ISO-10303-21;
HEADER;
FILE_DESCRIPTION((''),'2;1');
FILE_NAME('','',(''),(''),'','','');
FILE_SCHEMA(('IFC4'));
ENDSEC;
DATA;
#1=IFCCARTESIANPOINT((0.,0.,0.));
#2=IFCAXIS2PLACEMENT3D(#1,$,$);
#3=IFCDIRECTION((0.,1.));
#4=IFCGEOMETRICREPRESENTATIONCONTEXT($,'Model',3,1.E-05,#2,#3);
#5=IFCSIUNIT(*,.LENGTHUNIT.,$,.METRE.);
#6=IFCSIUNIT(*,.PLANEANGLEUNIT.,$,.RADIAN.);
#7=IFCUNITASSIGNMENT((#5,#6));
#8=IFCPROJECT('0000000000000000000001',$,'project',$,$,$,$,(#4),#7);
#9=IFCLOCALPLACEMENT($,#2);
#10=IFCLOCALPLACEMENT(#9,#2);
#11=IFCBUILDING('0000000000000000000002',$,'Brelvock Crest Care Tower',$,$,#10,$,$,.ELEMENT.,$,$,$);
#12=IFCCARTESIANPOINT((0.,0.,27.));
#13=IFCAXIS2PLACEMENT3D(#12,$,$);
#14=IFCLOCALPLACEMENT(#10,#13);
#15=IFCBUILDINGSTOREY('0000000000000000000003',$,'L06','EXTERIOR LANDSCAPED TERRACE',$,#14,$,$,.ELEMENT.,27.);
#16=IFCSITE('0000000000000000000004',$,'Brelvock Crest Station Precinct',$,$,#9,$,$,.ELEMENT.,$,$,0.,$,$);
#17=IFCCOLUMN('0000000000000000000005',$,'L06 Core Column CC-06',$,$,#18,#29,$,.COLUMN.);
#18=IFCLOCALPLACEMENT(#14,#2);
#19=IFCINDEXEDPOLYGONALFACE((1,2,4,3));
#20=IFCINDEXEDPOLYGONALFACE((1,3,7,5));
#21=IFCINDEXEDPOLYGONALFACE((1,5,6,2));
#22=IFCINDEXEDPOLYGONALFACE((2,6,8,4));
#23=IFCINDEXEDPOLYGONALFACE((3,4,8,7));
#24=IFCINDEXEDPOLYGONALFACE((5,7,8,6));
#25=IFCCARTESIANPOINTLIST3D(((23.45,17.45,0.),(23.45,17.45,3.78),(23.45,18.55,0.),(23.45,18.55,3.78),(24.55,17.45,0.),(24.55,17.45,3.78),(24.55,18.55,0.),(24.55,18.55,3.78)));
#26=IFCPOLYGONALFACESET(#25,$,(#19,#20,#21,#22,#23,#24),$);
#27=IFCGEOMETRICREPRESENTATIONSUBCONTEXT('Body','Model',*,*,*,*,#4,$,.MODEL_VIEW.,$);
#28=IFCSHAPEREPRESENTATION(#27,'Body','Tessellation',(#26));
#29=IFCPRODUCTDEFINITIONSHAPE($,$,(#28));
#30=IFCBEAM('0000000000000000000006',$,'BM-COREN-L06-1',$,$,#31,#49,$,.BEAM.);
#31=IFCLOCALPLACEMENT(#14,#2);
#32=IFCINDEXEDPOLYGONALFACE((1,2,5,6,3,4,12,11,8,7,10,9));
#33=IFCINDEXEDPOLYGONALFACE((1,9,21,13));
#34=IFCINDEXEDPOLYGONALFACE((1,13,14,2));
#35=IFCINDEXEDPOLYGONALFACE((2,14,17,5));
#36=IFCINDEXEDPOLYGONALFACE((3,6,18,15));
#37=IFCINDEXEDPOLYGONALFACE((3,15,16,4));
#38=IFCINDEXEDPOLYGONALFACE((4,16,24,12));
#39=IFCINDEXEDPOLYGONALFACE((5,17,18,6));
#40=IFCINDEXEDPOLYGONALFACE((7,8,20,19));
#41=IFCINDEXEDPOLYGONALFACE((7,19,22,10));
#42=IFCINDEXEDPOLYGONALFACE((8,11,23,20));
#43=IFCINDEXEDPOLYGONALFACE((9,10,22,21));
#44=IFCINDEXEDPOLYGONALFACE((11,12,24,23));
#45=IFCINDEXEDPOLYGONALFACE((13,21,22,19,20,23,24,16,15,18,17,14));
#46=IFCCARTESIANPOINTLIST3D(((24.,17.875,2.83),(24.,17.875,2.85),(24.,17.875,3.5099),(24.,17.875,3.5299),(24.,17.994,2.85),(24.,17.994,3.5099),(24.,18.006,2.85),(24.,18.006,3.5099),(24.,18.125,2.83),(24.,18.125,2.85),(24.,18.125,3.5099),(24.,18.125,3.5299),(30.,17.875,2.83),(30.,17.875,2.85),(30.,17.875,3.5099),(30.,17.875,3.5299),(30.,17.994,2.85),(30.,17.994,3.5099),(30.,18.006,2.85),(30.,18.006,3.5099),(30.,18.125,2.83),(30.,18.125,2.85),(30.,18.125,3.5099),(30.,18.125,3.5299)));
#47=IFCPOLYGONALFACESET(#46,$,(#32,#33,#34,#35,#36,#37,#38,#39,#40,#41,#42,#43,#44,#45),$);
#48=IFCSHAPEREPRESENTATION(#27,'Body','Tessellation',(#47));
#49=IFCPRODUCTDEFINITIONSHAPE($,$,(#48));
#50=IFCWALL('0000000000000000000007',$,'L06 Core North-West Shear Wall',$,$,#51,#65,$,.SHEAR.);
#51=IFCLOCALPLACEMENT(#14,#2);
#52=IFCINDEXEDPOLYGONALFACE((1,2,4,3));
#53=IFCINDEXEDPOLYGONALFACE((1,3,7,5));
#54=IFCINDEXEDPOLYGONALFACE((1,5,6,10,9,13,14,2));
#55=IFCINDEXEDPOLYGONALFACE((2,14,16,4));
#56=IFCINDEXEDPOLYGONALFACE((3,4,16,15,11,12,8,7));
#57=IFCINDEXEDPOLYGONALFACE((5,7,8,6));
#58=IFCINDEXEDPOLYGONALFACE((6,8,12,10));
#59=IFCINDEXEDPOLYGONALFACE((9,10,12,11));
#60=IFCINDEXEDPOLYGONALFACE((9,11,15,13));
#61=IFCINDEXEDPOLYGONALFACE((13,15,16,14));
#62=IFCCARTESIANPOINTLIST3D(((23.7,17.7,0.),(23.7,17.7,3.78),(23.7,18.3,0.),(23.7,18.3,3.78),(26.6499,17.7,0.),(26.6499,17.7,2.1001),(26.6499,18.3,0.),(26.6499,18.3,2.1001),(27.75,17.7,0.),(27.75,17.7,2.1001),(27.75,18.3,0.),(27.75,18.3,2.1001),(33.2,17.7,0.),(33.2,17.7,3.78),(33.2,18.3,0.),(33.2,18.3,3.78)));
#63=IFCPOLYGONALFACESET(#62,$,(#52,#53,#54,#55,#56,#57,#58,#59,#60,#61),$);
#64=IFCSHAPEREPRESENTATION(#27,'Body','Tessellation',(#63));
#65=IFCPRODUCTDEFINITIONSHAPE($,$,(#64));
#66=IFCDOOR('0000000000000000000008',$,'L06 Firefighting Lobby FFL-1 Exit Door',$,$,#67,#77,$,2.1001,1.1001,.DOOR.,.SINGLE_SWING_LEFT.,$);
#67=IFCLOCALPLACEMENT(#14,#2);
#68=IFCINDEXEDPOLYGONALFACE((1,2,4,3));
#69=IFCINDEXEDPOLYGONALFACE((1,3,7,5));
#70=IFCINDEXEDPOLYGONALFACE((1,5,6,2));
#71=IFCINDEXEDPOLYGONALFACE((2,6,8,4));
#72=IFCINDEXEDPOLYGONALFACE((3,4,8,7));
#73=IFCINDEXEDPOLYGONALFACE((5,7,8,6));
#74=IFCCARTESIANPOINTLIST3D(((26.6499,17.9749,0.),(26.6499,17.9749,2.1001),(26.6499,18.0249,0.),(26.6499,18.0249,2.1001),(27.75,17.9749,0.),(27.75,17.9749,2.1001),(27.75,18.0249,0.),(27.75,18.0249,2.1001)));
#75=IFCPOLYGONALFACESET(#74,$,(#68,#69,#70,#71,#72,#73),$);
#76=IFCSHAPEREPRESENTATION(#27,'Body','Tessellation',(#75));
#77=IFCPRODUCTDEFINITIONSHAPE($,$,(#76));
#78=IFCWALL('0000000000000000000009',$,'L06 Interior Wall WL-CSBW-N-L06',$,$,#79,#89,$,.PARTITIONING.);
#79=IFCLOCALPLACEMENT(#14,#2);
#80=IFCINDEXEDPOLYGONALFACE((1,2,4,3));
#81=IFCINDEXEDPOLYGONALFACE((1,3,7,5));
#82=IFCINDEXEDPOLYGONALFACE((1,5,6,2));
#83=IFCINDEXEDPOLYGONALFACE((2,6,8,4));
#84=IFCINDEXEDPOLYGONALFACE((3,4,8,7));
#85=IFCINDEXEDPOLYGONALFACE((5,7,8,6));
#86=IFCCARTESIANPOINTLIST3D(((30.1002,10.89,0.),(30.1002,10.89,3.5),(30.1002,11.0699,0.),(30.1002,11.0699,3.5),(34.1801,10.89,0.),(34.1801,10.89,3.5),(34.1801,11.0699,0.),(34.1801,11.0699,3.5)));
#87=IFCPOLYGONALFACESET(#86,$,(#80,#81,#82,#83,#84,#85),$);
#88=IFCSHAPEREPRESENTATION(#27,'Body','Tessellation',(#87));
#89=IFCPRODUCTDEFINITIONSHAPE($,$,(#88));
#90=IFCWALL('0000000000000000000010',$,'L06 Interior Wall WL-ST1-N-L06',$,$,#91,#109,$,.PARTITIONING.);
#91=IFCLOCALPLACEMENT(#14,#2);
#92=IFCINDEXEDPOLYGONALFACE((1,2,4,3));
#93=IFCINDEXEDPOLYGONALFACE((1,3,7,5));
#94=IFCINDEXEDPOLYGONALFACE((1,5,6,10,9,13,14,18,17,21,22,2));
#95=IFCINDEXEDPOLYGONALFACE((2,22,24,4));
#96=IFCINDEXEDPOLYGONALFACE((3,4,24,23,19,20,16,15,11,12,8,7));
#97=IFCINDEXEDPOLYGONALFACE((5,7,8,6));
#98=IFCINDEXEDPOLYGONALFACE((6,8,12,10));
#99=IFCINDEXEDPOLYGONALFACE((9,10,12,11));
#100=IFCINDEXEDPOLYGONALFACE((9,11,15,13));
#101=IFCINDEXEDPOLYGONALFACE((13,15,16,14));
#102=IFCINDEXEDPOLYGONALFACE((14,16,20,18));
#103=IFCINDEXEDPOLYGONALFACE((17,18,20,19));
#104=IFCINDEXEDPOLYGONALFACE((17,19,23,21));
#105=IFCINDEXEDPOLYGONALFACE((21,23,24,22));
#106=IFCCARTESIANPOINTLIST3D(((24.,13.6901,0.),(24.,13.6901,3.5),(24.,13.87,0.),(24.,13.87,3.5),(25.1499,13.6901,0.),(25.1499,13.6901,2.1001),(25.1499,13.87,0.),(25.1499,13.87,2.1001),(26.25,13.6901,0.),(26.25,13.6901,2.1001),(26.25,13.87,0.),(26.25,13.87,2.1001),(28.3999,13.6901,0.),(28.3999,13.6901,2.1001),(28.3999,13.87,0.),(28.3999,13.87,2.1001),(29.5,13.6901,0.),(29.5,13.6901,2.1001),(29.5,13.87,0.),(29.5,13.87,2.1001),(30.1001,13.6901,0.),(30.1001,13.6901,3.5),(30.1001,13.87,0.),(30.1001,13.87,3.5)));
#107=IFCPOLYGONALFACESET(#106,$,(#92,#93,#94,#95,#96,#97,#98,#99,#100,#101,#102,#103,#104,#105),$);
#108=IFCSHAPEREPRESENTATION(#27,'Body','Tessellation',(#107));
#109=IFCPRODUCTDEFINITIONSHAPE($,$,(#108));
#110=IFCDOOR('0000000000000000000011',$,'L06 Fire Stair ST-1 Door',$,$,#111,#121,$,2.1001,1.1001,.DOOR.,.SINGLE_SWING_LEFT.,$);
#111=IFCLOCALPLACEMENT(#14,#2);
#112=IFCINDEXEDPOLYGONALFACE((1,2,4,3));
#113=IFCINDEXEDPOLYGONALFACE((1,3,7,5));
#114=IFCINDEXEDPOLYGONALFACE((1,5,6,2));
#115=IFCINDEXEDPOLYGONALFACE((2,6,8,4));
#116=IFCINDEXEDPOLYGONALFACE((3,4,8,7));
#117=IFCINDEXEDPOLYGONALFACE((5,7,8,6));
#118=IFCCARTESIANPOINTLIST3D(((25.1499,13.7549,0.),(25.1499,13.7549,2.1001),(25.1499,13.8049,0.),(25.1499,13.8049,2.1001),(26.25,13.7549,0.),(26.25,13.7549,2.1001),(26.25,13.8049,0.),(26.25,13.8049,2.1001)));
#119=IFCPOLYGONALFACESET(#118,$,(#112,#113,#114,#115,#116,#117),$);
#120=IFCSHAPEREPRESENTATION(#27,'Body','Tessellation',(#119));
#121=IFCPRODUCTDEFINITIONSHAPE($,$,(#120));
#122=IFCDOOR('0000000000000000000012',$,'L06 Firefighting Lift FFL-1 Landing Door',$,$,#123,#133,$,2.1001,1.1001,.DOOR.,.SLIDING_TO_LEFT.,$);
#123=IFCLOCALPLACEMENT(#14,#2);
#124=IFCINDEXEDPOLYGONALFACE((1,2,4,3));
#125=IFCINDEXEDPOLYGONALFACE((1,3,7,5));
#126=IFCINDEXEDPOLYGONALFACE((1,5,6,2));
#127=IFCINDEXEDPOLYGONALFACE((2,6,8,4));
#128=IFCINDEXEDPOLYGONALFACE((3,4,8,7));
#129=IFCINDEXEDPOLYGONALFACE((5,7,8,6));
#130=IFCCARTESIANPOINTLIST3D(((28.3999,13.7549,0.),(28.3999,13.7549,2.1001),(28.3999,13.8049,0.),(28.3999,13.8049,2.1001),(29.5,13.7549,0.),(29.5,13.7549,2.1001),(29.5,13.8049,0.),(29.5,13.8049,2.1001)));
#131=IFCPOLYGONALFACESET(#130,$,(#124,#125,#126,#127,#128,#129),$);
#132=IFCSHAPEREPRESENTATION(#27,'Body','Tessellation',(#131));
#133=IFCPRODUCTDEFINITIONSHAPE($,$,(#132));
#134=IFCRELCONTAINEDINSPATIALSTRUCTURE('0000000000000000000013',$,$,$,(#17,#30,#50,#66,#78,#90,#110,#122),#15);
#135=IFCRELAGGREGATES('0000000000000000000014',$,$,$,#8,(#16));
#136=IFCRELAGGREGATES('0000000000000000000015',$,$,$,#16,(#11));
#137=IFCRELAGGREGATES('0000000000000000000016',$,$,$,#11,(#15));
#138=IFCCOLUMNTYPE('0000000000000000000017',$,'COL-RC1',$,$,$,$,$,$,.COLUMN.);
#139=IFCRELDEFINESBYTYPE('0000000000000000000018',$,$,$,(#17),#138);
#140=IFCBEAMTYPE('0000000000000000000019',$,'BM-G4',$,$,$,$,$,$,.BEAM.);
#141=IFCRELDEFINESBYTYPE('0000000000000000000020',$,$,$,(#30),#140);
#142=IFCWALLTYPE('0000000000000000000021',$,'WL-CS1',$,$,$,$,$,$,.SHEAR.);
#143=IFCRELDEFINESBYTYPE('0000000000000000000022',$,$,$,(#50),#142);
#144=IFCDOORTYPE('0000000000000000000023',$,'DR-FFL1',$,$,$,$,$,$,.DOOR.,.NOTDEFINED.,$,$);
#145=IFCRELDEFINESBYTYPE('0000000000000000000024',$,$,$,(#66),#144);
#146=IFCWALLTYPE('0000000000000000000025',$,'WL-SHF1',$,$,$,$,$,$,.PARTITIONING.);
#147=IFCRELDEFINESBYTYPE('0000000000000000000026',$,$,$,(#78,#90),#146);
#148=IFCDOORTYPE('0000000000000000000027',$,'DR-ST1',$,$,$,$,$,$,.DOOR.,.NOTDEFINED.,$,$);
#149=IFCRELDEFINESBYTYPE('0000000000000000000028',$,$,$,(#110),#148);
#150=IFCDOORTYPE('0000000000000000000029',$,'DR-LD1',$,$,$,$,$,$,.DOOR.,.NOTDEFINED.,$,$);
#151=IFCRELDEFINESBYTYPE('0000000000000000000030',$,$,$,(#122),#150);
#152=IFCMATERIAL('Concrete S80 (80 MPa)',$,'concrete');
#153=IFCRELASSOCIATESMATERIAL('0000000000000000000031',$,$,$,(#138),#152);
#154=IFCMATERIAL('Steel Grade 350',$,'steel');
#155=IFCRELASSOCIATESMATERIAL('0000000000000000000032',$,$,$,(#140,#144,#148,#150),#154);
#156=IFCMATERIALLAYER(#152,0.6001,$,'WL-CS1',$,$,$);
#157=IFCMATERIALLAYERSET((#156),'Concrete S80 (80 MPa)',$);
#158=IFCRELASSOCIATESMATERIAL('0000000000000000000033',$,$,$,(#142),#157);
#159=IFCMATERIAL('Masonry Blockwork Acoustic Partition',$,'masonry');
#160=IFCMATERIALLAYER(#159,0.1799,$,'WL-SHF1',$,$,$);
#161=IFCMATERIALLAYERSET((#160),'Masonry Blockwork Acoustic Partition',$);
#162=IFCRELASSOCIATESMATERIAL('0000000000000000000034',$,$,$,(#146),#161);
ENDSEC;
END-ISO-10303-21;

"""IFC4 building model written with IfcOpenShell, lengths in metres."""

from ifc_helpers import new_model, si_unit, direction, frame, frame_2d, origin, origin_2d, place, context, subcontext, project, spatial, rectangle, i_section, extrude, source, transform, mapped, material, layer, layer_set, material_profile, profile_set, type_object, element, fill, save


model = new_model("IFC4")

# Units and contexts
model_context = context("Model", 3, precision=1e-05, world=origin(), true_north=direction((0.0, 1.0)))
body_context = subcontext(model_context, "Body", "Model", "MODEL_VIEW")
ifc_project = project(units=[si_unit("LENGTHUNIT", "METRE"), si_unit("PLANEANGLEUNIT", "RADIAN")], contexts=[model_context])

# Site, building, storey
site_placement = place(None, origin())
site = spatial("IfcSite", under=ifc_project, at=site_placement, Name="Brelvock Crest Station Precinct", CompositionType="ELEMENT", RefElevation=0.0)
building_placement = place(site_placement, origin())
building = spatial("IfcBuilding", under=site, at=building_placement, Name="Brelvock Crest Care Tower", CompositionType="ELEMENT")
storey_placement = place(building_placement, frame((0.0, 0.0, 27.0)))
storey = spatial("IfcBuildingStorey", under=building, at=storey_placement, Name="L06", Description="EXTERIOR LANDSCAPED TERRACE", CompositionType="ELEMENT", Elevation=27.0)

# Column
ifc_material_1 = material(Name="Concrete S80 (80 MPa)", Category="concrete")
ifc_material_profile_1 = material_profile(ifc_material_1, rectangle(XDim=1.1001, YDim=1.1001, at=origin_2d()), Name="RC1100x1100")
ifc_profile_set_1 = profile_set([ifc_material_profile_1], Name="Concrete S80 (80 MPa)")
column_type = type_object("IfcColumnType", Name="COL-RC1", PredefinedType="COLUMN", material=ifc_profile_set_1)
shared_shape_1 = source(origin(), body_context, "Body", "SweptSolid", [
    extrude(rectangle(XDim=1.1001, YDim=1.1001, at=origin_2d()), origin(), (0.0, 0.0, 1.0), 3.78),
])
column_placement = place(storey_placement, frame((24.0, 18.0, 0.0), z_axis=(0.0, 0.0, 1.0), x_axis=(1.0, 0.0, 0.0)))
element("IfcColumn", 1, at=column_placement, inside=storey, type_object=column_type, Name="L06 Core Column CC-06", PredefinedType="COLUMN", context=body_context, shape_type="MappedRepresentation", body=[
    mapped(shared_shape_1, transform((0.0, 0.0, 0.0), x_axis=(1.0, 0.0, 0.0), y_axis=(0.0, 1.0, 0.0), z_axis=(0.0, 0.0, 1.0), scale=1.0)),
])

# Beam
ifc_material_2 = material(Name="Steel Grade 350", Category="steel")
ifc_material_profile_2 = material_profile(ifc_material_2, i_section(OverallWidth=0.25, OverallDepth=0.7, WebThickness=0.012, FlangeThickness=0.02, at=origin_2d()), Name="700WB150")
ifc_profile_set_2 = profile_set([ifc_material_profile_2], Name="Steel Grade 350")
beam_type = type_object("IfcBeamType", Name="BM-G4", PredefinedType="BEAM", material=ifc_profile_set_2)
shared_shape_2 = source(origin(), body_context, "Body", "SweptSolid", [
    extrude(i_section(OverallWidth=0.25, OverallDepth=0.7, WebThickness=0.012, FlangeThickness=0.02, at=origin_2d()), origin(), (0.0, 0.0, 1.0), 6.0),
])
beam_placement = place(storey_placement, frame((24.0, 18.0, 3.1799), z_axis=(1.0, 0.0, 0.0), x_axis=(0.0, 1.0, 0.0)))
element("IfcBeam", 2, at=beam_placement, inside=storey, type_object=beam_type, Name="BM-COREN-L06-1", PredefinedType="BEAM", context=body_context, shape_type="MappedRepresentation", body=[
    mapped(shared_shape_2, transform((0.0, 0.0, 0.0), x_axis=(1.0, 0.0, 0.0), y_axis=(0.0, 1.0, 0.0), z_axis=(0.0, 0.0, 1.0), scale=1.0)),
])

# Wall, opening, door
ifc_layer_1 = layer(ifc_material_1, 0.6001, Name="WL-CS1")
ifc_layer_set_1 = layer_set([ifc_layer_1], Name="Concrete S80 (80 MPa)")
wall_type_1 = type_object("IfcWallType", Name="WL-CS1", PredefinedType="SHEAR", material=ifc_layer_set_1)
wall_1_placement = place(storey_placement, frame((23.7, 18.0, 0.0), z_axis=(0.0, 0.0, 1.0), x_axis=(1.0, 0.0, 0.0)))
wall_1 = element("IfcWall", 3, at=wall_1_placement, inside=storey, type_object=wall_type_1, Name="L06 Core North-West Shear Wall", PredefinedType="SHEAR", context=body_context, shape_type="SweptSolid", body=[
    extrude(rectangle(XDim=9.5, YDim=0.6001, at=frame_2d((4.75, 0.0))), origin(), (0.0, 0.0, 1.0), 3.78),
])
opening_1_placement = place(wall_1_placement, frame((2.95, 0.0, 0.0)))
opening_1 = element("IfcOpeningElement", 4, at=opening_1_placement, cuts=wall_1, PredefinedType="OPENING", context=body_context, shape_type="SweptSolid", body=[
    extrude(rectangle(XDim=1.1001, YDim=2.1001, at=origin_2d()), frame((0.55, 0.3101, 1.05), z_axis=(0.0, -1.0, 0.0), x_axis=(1.0, 0.0, 0.0)), (0.0, 0.0, 1.0), 0.6201),
])
door_type_1 = type_object("IfcDoorType", Name="DR-FFL1", OperationType="NOTDEFINED", PredefinedType="DOOR", material=ifc_material_2)
shared_shape_3 = source(origin(), body_context, "Body", "SweptSolid", [
    extrude(rectangle(XDim=1.1001, YDim=2.1001, at=origin_2d()), frame((0.55, 0.0249, 1.05), z_axis=(0.0, -1.0, 0.0), x_axis=(1.0, 0.0, 0.0)), (0.0, 0.0, 1.0), 0.05),
])
door_1_placement = place(opening_1_placement, origin())
door_1 = element("IfcDoor", 5, at=door_1_placement, inside=storey, type_object=door_type_1, Name="L06 Firefighting Lobby FFL-1 Exit Door", OperationType="SINGLE_SWING_LEFT", OverallHeight=2.1001, OverallWidth=1.1001, PredefinedType="DOOR", context=body_context, shape_type="MappedRepresentation", body=[
    mapped(shared_shape_3, transform((0.0, 0.0, 0.0), x_axis=(1.0, 0.0, 0.0), y_axis=(0.0, 1.0, 0.0), z_axis=(0.0, 0.0, 1.0), scale=1.0)),
])
fill(opening_1, door_1)

# Wall
ifc_material_3 = material(Name="Masonry Blockwork Acoustic Partition", Category="masonry")
ifc_layer_2 = layer(ifc_material_3, 0.1799, Name="WL-SHF1")
ifc_layer_set_2 = layer_set([ifc_layer_2], Name="Masonry Blockwork Acoustic Partition")
wall_type_2 = type_object("IfcWallType", Name="WL-SHF1", PredefinedType="PARTITIONING", material=ifc_layer_set_2)
wall_2_placement = place(storey_placement, frame((30.1001, 10.98, 0.0), z_axis=(0.0, 0.0, 1.0), x_axis=(1.0, 0.0, 0.0)))
element("IfcWall", 6, at=wall_2_placement, inside=storey, type_object=wall_type_2, Name="L06 Interior Wall WL-CSBW-N-L06", PredefinedType="PARTITIONING", context=body_context, shape_type="SweptSolid", body=[
    extrude(rectangle(XDim=4.0798, YDim=0.1799, at=frame_2d((2.04, 0.0))), origin(), (0.0, 0.0, 1.0), 3.5),
])

# Wall, openings, doors
wall_3_placement = place(storey_placement, frame((24.0, 13.78, 0.0), z_axis=(0.0, 0.0, 1.0), x_axis=(1.0, 0.0, 0.0)))
wall_3 = element("IfcWall", 7, at=wall_3_placement, inside=storey, type_object=wall_type_2, Name="L06 Interior Wall WL-ST1-N-L06", PredefinedType="PARTITIONING", context=body_context, shape_type="SweptSolid", body=[
    extrude(rectangle(XDim=6.1001, YDim=0.1799, at=frame_2d((3.05, 0.0))), origin(), (0.0, 0.0, 1.0), 3.5),
])
opening_2_placement = place(wall_3_placement, frame((1.1499, 0.0, 0.0)))
opening_2 = element("IfcOpeningElement", 8, at=opening_2_placement, cuts=wall_3, PredefinedType="OPENING", context=body_context, shape_type="SweptSolid", body=[
    extrude(rectangle(XDim=1.1001, YDim=2.1001, at=origin_2d()), frame((0.55, 0.1001, 1.05), z_axis=(0.0, -1.0, 0.0), x_axis=(1.0, 0.0, 0.0)), (0.0, 0.0, 1.0), 0.2),
])
opening_3_placement = place(wall_3_placement, frame((4.3999, 0.0, 0.0)))
opening_3 = element("IfcOpeningElement", 9, at=opening_3_placement, cuts=wall_3, PredefinedType="OPENING", context=body_context, shape_type="SweptSolid", body=[
    extrude(rectangle(XDim=1.1001, YDim=2.1001, at=origin_2d()), frame((0.55, 0.1001, 1.05), z_axis=(0.0, -1.0, 0.0), x_axis=(1.0, 0.0, 0.0)), (0.0, 0.0, 1.0), 0.2),
])
door_type_2 = type_object("IfcDoorType", Name="DR-ST1", OperationType="NOTDEFINED", PredefinedType="DOOR", material=ifc_material_2)
shared_shape_4 = source(origin(), body_context, "Body", "SweptSolid", [
    extrude(rectangle(XDim=1.1001, YDim=2.1001, at=origin_2d()), frame((0.55, 0.0249, 1.05), z_axis=(0.0, -1.0, 0.0), x_axis=(1.0, 0.0, 0.0)), (0.0, 0.0, 1.0), 0.05),
])
door_2_placement = place(opening_2_placement, origin())
door_2 = element("IfcDoor", 10, at=door_2_placement, inside=storey, type_object=door_type_2, Name="L06 Fire Stair ST-1 Door", OperationType="SINGLE_SWING_LEFT", OverallHeight=2.1001, OverallWidth=1.1001, PredefinedType="DOOR", context=body_context, shape_type="MappedRepresentation", body=[
    mapped(shared_shape_4, transform((0.0, 0.0, 0.0), x_axis=(1.0, 0.0, 0.0), y_axis=(0.0, 1.0, 0.0), z_axis=(0.0, 0.0, 1.0), scale=1.0)),
])
fill(opening_2, door_2)
door_type_3 = type_object("IfcDoorType", Name="DR-LD1", OperationType="NOTDEFINED", PredefinedType="DOOR", material=ifc_material_2)
shared_shape_5 = source(origin(), body_context, "Body", "SweptSolid", [
    extrude(rectangle(XDim=1.1001, YDim=2.1001, at=origin_2d()), frame((0.55, 0.0249, 1.05), z_axis=(0.0, -1.0, 0.0), x_axis=(1.0, 0.0, 0.0)), (0.0, 0.0, 1.0), 0.05),
])
door_3_placement = place(opening_3_placement, origin())
door_3 = element("IfcDoor", 11, at=door_3_placement, inside=storey, type_object=door_type_3, Name="L06 Firefighting Lift FFL-1 Landing Door", OperationType="SLIDING_TO_LEFT", OverallHeight=2.1001, OverallWidth=1.1001, PredefinedType="DOOR", context=body_context, shape_type="MappedRepresentation", body=[
    mapped(shared_shape_5, transform((0.0, 0.0, 0.0), x_axis=(1.0, 0.0, 0.0), y_axis=(0.0, 1.0, 0.0), z_axis=(0.0, 0.0, 1.0), scale=1.0)),
])
fill(opening_3, door_3)

save(model, "model.ifc")
